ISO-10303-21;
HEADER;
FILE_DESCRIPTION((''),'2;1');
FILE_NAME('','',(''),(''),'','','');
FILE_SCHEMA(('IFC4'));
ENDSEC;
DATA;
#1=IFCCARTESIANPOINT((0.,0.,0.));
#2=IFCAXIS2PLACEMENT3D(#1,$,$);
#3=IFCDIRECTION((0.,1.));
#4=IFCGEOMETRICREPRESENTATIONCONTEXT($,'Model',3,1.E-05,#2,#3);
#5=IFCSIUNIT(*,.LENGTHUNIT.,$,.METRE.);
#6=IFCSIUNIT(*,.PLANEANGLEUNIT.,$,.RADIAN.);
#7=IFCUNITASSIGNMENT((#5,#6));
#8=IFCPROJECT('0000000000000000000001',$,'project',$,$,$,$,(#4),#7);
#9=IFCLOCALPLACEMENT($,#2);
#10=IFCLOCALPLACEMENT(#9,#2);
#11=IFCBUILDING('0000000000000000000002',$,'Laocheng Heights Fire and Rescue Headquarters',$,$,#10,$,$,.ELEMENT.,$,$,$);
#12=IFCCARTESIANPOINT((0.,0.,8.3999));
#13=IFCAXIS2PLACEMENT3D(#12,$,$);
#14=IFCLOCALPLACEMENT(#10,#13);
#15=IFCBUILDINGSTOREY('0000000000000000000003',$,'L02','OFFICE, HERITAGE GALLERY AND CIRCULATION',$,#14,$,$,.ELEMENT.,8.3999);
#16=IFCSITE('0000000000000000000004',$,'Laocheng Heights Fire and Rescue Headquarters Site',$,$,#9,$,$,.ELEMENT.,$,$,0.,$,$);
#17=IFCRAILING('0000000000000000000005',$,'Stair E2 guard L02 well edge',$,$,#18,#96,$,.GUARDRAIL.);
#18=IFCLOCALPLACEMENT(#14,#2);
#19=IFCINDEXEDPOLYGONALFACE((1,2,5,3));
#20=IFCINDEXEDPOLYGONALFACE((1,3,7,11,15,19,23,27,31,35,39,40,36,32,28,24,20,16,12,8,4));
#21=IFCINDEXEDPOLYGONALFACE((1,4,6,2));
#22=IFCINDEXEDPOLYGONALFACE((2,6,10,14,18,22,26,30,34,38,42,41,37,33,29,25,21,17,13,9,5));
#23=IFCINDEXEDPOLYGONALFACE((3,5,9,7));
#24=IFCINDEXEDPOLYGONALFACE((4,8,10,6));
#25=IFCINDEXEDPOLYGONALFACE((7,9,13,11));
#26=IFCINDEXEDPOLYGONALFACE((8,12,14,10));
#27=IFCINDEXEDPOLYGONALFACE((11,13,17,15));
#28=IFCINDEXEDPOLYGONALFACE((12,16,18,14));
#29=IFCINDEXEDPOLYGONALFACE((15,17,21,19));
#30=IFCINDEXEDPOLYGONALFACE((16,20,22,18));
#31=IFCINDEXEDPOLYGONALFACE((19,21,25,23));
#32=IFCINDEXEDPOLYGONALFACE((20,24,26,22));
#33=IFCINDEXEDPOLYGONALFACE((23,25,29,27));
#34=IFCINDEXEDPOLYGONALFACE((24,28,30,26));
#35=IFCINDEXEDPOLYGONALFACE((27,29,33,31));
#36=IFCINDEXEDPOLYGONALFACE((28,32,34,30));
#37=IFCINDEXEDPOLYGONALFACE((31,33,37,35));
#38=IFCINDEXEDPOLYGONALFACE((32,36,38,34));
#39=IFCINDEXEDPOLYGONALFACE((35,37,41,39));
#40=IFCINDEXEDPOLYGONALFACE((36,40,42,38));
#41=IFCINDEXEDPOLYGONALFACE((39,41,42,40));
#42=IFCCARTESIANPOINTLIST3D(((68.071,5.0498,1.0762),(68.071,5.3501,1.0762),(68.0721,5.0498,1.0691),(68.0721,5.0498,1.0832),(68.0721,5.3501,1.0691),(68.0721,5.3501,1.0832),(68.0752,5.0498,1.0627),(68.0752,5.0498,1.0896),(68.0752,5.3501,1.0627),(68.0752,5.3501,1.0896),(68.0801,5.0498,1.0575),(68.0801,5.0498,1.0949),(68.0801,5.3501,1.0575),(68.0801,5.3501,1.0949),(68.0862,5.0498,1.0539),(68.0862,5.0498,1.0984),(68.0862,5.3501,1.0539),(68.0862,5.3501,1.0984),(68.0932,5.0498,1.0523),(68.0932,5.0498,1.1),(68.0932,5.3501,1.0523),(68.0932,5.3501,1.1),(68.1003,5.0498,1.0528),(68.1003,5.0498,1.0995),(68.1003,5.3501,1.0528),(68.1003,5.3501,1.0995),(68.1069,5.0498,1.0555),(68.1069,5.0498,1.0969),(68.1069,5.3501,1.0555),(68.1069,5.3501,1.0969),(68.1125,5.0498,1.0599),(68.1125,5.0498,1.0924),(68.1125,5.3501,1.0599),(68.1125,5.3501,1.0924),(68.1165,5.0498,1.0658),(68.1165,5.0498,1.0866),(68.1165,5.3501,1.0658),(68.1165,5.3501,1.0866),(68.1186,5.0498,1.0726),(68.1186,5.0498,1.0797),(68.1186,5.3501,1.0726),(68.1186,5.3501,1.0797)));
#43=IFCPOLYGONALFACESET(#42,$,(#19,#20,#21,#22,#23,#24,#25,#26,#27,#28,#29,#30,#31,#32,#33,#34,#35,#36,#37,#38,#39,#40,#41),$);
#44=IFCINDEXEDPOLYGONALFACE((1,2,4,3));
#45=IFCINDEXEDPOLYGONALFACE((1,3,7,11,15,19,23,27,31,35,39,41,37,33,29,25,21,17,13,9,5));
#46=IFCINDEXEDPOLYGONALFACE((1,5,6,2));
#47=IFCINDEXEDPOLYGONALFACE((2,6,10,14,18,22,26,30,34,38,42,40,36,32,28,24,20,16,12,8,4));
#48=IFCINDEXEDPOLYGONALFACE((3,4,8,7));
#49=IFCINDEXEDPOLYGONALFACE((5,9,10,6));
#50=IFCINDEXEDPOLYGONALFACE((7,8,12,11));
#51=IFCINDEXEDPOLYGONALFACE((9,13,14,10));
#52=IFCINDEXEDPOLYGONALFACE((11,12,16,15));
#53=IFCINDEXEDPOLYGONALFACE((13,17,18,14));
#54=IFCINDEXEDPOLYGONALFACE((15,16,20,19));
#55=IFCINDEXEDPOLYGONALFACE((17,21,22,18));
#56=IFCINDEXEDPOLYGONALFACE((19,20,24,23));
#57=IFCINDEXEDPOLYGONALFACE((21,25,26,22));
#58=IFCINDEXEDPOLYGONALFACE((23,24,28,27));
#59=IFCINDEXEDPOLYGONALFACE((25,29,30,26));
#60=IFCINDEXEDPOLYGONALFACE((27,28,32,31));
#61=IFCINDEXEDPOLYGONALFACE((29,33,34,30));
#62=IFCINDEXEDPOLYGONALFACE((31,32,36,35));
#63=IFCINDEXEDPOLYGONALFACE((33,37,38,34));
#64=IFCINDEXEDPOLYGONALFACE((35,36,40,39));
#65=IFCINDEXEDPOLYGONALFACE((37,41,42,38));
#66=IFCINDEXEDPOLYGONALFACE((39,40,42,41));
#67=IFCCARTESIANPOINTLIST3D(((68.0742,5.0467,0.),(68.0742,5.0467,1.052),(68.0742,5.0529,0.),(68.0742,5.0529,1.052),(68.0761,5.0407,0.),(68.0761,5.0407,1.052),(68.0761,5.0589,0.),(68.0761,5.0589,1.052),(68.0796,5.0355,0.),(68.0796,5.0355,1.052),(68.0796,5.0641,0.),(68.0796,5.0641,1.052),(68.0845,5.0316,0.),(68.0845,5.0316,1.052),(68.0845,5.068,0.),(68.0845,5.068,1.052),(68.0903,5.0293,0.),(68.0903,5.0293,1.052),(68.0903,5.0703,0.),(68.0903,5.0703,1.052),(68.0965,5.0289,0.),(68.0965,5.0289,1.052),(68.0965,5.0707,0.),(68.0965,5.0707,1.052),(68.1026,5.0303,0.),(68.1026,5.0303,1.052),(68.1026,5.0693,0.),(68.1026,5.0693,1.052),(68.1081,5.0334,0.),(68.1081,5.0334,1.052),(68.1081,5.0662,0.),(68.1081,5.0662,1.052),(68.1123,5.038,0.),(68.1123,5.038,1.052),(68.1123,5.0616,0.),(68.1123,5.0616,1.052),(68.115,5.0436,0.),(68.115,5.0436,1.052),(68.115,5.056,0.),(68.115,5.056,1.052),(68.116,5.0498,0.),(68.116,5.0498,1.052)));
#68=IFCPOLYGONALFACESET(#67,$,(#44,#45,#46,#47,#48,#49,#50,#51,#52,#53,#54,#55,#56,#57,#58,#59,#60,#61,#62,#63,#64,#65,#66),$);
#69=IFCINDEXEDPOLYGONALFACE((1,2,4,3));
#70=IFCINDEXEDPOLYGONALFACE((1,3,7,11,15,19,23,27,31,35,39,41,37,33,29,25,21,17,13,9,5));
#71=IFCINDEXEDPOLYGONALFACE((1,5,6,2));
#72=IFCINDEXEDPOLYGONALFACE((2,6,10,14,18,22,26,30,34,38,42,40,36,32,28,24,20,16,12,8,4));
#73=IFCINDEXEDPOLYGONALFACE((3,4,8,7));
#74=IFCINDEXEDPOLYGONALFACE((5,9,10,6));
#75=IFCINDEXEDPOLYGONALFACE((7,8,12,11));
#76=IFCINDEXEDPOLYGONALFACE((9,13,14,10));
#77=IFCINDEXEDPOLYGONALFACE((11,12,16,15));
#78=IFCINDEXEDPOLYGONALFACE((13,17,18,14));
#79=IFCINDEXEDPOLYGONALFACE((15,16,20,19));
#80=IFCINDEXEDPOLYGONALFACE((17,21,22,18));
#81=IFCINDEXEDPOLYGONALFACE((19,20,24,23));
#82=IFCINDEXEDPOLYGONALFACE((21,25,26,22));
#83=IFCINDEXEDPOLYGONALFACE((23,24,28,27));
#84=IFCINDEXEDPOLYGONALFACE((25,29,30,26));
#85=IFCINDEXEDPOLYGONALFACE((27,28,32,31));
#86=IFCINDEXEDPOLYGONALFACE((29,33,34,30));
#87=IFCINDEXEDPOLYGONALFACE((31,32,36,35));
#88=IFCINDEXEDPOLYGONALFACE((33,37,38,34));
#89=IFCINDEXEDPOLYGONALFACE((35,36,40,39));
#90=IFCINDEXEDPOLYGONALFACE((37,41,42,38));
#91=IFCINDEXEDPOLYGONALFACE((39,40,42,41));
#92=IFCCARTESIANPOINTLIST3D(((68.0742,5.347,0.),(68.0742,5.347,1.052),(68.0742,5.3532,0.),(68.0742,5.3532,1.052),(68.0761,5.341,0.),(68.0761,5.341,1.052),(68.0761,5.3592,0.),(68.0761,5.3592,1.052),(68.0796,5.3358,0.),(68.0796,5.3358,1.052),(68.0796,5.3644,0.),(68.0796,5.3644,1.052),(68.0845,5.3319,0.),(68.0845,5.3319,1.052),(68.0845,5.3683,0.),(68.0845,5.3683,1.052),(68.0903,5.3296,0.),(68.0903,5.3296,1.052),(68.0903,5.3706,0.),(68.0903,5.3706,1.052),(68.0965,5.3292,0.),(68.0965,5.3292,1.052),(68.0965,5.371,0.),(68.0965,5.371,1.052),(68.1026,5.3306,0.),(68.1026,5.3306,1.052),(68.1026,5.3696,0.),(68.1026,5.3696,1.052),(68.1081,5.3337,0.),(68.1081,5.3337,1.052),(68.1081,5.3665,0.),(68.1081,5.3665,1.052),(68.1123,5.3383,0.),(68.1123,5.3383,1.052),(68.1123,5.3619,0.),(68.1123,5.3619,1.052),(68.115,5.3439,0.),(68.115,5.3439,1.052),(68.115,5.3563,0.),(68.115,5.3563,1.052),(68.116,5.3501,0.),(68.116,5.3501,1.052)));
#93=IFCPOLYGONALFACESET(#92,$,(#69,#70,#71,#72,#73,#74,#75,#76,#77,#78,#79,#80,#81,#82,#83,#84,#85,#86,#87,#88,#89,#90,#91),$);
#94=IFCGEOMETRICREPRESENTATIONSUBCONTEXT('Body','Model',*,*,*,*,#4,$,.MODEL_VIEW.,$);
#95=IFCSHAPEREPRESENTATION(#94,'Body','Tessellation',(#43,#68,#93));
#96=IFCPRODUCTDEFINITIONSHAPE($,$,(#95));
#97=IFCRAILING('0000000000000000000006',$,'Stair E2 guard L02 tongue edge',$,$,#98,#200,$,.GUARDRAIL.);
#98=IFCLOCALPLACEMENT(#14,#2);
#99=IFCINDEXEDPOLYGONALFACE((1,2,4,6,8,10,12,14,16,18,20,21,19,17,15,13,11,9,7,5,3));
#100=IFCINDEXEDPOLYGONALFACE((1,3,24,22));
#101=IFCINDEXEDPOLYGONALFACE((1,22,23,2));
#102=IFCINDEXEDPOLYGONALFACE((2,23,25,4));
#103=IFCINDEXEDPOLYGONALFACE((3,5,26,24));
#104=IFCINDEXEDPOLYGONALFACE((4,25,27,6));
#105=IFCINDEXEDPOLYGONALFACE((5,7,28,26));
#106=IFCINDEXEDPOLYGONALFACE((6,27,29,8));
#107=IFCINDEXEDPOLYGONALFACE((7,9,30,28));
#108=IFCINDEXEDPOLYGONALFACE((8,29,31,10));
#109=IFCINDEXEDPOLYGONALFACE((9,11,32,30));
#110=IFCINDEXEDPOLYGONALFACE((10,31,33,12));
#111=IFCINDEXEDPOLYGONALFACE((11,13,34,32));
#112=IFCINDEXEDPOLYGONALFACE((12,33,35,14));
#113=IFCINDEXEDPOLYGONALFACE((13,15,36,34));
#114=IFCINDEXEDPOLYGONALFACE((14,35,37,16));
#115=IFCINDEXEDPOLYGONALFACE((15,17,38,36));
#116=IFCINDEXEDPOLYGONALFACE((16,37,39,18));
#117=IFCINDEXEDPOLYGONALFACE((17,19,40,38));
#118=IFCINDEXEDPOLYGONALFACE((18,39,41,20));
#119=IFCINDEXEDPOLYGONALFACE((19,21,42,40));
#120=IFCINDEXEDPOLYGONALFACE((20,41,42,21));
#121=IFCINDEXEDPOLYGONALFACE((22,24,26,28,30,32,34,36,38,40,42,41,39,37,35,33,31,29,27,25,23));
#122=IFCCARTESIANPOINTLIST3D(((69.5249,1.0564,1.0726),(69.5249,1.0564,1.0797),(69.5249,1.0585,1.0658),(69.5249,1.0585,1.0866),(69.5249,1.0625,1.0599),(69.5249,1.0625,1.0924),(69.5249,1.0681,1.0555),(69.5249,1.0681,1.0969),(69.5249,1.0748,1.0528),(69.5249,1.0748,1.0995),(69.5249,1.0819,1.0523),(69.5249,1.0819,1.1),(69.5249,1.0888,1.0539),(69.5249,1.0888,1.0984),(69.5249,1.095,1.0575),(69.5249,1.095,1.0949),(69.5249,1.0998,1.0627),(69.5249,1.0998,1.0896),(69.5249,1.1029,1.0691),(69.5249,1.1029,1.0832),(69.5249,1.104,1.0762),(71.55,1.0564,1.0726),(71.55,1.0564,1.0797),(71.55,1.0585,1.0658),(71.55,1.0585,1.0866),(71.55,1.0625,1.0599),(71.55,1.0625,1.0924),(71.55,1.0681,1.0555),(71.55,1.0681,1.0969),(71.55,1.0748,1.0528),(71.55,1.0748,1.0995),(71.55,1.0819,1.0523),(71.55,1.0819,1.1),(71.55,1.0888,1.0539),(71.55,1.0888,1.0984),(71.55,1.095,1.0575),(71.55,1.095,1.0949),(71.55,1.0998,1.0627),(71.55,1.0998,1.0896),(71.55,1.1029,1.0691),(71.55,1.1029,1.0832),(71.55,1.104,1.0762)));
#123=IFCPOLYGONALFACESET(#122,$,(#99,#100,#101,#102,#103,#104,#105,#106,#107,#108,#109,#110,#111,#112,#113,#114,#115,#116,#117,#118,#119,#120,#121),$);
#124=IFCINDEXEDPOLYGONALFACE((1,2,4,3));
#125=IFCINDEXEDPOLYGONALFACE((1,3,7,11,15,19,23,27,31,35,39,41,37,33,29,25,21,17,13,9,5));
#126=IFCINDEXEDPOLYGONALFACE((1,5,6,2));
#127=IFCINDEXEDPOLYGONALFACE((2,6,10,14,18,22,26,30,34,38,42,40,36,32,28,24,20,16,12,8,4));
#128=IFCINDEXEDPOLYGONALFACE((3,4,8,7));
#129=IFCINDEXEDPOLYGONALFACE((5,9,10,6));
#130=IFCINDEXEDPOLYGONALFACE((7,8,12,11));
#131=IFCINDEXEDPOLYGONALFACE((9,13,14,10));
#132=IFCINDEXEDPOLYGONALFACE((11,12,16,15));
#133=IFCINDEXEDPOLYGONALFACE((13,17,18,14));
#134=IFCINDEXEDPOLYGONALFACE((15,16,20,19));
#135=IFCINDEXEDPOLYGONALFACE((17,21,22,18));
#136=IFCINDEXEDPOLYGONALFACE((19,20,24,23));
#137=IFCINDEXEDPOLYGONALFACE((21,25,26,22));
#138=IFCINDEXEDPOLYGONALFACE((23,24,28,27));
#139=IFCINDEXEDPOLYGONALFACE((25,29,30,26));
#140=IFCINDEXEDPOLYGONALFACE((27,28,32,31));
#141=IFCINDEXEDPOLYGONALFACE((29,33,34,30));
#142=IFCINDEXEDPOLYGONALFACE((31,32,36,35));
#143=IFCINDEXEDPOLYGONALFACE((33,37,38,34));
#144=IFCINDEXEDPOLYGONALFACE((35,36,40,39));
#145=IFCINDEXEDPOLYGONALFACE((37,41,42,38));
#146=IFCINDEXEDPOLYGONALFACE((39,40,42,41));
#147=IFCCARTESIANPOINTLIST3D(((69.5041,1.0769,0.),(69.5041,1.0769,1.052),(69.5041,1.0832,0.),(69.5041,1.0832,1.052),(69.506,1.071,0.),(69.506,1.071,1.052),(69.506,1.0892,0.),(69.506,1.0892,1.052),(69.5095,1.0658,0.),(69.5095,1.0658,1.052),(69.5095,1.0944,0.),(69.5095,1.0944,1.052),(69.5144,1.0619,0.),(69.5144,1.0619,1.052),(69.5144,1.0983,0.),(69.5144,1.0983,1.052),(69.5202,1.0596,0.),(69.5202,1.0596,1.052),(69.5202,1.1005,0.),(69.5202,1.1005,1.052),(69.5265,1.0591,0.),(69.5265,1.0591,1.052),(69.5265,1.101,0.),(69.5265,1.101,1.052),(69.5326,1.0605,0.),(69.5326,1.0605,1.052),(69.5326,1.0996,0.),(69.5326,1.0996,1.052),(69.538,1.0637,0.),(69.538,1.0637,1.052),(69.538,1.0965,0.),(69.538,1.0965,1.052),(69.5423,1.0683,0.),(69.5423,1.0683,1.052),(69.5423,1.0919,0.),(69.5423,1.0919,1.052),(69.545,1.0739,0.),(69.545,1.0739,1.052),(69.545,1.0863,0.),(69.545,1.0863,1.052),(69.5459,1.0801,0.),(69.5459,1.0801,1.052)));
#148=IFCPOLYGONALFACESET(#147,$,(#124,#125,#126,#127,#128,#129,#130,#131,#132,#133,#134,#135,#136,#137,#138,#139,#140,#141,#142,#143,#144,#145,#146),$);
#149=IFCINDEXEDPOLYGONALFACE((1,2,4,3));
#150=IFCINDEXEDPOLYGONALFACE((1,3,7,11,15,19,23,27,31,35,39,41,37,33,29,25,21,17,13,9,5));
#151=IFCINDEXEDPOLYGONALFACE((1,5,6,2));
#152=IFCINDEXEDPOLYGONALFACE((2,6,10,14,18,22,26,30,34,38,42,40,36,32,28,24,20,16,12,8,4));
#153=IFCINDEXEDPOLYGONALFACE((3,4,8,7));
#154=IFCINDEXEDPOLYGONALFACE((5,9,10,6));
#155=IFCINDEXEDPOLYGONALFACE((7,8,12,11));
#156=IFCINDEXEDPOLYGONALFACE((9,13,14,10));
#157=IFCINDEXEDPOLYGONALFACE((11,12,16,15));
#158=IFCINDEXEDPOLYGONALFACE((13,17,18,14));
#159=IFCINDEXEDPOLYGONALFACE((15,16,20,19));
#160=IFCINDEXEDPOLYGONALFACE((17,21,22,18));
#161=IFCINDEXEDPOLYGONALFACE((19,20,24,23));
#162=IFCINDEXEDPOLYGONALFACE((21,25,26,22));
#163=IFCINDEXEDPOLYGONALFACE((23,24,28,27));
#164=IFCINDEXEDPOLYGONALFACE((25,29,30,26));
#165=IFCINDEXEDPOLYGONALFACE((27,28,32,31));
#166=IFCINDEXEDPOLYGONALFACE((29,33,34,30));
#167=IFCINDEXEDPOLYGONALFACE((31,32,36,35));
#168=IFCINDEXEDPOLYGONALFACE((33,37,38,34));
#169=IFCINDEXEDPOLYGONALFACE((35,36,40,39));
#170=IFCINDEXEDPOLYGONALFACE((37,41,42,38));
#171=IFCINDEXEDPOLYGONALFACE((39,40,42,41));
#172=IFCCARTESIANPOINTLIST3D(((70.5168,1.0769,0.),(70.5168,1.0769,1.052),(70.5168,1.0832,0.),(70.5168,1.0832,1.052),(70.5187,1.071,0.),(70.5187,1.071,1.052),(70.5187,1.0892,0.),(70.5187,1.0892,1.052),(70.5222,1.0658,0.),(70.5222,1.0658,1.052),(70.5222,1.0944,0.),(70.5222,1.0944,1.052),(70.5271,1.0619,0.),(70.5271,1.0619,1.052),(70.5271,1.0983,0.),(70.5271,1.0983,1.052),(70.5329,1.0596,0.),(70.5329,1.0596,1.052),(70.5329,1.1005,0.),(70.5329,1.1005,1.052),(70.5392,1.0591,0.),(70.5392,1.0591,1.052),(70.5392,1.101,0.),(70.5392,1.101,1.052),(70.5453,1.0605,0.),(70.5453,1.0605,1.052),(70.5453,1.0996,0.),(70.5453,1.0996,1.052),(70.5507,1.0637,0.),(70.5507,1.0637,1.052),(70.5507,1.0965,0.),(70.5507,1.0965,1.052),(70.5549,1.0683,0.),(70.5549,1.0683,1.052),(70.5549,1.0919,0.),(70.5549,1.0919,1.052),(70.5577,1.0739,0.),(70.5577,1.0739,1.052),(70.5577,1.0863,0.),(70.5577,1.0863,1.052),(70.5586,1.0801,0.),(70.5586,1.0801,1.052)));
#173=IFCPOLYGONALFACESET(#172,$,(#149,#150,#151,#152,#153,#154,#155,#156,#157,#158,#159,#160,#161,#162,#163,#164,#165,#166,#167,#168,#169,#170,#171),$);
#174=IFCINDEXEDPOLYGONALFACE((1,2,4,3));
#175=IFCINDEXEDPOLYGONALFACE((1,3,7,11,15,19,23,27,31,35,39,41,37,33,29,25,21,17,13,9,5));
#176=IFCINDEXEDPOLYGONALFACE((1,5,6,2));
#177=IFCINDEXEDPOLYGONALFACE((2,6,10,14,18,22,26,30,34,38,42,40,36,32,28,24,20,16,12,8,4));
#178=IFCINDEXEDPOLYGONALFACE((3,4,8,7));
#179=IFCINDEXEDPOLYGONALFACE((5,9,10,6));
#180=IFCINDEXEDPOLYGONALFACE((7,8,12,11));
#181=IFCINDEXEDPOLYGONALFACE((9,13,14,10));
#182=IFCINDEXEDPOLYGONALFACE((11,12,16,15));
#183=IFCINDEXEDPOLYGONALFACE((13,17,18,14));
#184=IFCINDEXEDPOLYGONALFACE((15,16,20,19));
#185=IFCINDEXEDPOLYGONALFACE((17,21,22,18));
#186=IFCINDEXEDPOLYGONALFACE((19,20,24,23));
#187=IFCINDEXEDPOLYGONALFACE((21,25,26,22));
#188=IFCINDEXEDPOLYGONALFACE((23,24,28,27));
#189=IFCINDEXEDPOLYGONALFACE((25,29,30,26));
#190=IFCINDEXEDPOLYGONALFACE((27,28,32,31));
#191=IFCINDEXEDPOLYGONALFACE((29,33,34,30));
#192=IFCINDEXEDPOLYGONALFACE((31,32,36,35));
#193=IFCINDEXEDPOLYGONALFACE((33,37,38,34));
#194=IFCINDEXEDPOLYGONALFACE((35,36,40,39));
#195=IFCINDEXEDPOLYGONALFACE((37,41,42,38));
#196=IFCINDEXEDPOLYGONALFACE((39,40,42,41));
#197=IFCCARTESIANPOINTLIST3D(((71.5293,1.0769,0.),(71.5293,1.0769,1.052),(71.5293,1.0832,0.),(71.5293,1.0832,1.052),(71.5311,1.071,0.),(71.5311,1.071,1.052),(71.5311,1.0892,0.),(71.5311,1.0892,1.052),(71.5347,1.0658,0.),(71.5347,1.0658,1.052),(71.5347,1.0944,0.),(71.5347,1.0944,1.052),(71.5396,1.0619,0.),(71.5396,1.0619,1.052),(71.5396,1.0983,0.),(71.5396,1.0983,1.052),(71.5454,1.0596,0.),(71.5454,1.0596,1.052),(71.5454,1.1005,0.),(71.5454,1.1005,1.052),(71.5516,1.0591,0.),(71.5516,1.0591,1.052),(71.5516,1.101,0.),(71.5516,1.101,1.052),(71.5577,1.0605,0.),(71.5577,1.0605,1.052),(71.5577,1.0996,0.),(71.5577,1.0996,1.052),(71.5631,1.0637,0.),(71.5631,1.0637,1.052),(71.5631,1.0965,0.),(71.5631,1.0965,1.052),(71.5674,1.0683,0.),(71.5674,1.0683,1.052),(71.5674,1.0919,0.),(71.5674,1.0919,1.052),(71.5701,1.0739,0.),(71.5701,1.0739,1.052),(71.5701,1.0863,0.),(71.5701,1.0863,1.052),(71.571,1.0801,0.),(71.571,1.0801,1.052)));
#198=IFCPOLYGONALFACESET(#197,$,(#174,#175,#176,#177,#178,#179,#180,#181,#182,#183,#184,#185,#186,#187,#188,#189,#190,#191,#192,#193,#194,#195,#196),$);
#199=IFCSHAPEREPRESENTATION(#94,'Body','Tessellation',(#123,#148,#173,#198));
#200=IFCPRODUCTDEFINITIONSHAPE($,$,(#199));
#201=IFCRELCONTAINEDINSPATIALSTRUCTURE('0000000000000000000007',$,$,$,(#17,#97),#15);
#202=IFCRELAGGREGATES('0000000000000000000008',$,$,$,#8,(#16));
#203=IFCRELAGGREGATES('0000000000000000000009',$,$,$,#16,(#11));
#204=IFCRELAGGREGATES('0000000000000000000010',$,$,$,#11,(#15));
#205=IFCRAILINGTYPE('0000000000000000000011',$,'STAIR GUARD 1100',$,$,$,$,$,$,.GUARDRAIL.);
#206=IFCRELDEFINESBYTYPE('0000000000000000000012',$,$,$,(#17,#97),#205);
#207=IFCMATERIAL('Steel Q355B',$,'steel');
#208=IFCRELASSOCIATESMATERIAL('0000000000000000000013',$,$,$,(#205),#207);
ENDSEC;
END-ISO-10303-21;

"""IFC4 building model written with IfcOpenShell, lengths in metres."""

from ifc_helpers import new_model, si_unit, direction, frame, origin, origin_2d, place, context, subcontext, project, spatial, circle, extrude, material, type_object, element, save


model = new_model("IFC4")

# Units and contexts
model_context = context("Model", 3, precision=1e-05, world=origin(), true_north=direction((0.0, 1.0)))
body_context = subcontext(model_context, "Body", "Model", "MODEL_VIEW")
ifc_project = project(units=[si_unit("LENGTHUNIT", "METRE"), si_unit("PLANEANGLEUNIT", "RADIAN")], contexts=[model_context])

# Site, building, storey
site_placement = place(None, origin())
site = spatial("IfcSite", under=ifc_project, at=site_placement, Name="Laocheng Heights Fire and Rescue Headquarters Site", CompositionType="ELEMENT", RefElevation=0.0)
building_placement = place(site_placement, origin())
building = spatial("IfcBuilding", under=site, at=building_placement, Name="Laocheng Heights Fire and Rescue Headquarters", CompositionType="ELEMENT")
storey_placement = place(building_placement, frame((0.0, 0.0, 8.3999)))
storey = spatial("IfcBuildingStorey", under=building, at=storey_placement, Name="L02", Description="OFFICE, HERITAGE GALLERY AND CIRCULATION", CompositionType="ELEMENT", Elevation=8.3999)

# Railings
ifc_material_1 = material(Name="Steel Q355B", Category="steel")
railing_type_1 = type_object("IfcRailingType", Name="STAIR GUARD 1100", PredefinedType="GUARDRAIL", material=ifc_material_1)
railing_1_placement = place(storey_placement, frame((68.095, 5.0498, 0.0)))
element("IfcRailing", 1, at=railing_1_placement, inside=storey, type_object=railing_type_1, Name="Stair E2 guard L02 well edge", PredefinedType="GUARDRAIL", context=body_context, shape_type="SweptSolid", body=[
    extrude(circle(Radius=0.0239, at=origin_2d()), frame((0.0, 0.0, 1.0762), z_axis=(0.0, 1.0, 0.0), x_axis=(-1.0, 0.0, 0.0)), (0.0, 0.0, 1.0), 0.3003),
    extrude(circle(Radius=0.021, at=origin_2d()), origin(), (0.0, 0.0, 1.0), 1.052),
    extrude(circle(Radius=0.021, at=origin_2d()), frame((0.0, 0.3003, 0.0)), (0.0, 0.0, 1.0), 1.052),
])
railing_2_placement = place(storey_placement, frame((69.5249, 1.0801, 0.0)))
element("IfcRailing", 2, at=railing_2_placement, inside=storey, type_object=railing_type_1, Name="Stair E2 guard L02 tongue edge", PredefinedType="GUARDRAIL", context=body_context, shape_type="SweptSolid", body=[
    extrude(circle(Radius=0.0239, at=origin_2d()), frame((0.0, 0.0, 1.0762), z_axis=(1.0, 0.0, 0.0), x_axis=(0.0, 1.0, 0.0)), (0.0, 0.0, 1.0), 2.0251),
    extrude(circle(Radius=0.021, at=origin_2d()), origin(), (0.0, 0.0, 1.0), 1.052),
    extrude(circle(Radius=0.021, at=origin_2d()), frame((1.0127, 0.0, 0.0)), (0.0, 0.0, 1.0), 1.052),
    extrude(circle(Radius=0.021, at=origin_2d()), frame((2.0251, 0.0, 0.0)), (0.0, 0.0, 1.0), 1.052),
])

save(model, "model.ifc")
